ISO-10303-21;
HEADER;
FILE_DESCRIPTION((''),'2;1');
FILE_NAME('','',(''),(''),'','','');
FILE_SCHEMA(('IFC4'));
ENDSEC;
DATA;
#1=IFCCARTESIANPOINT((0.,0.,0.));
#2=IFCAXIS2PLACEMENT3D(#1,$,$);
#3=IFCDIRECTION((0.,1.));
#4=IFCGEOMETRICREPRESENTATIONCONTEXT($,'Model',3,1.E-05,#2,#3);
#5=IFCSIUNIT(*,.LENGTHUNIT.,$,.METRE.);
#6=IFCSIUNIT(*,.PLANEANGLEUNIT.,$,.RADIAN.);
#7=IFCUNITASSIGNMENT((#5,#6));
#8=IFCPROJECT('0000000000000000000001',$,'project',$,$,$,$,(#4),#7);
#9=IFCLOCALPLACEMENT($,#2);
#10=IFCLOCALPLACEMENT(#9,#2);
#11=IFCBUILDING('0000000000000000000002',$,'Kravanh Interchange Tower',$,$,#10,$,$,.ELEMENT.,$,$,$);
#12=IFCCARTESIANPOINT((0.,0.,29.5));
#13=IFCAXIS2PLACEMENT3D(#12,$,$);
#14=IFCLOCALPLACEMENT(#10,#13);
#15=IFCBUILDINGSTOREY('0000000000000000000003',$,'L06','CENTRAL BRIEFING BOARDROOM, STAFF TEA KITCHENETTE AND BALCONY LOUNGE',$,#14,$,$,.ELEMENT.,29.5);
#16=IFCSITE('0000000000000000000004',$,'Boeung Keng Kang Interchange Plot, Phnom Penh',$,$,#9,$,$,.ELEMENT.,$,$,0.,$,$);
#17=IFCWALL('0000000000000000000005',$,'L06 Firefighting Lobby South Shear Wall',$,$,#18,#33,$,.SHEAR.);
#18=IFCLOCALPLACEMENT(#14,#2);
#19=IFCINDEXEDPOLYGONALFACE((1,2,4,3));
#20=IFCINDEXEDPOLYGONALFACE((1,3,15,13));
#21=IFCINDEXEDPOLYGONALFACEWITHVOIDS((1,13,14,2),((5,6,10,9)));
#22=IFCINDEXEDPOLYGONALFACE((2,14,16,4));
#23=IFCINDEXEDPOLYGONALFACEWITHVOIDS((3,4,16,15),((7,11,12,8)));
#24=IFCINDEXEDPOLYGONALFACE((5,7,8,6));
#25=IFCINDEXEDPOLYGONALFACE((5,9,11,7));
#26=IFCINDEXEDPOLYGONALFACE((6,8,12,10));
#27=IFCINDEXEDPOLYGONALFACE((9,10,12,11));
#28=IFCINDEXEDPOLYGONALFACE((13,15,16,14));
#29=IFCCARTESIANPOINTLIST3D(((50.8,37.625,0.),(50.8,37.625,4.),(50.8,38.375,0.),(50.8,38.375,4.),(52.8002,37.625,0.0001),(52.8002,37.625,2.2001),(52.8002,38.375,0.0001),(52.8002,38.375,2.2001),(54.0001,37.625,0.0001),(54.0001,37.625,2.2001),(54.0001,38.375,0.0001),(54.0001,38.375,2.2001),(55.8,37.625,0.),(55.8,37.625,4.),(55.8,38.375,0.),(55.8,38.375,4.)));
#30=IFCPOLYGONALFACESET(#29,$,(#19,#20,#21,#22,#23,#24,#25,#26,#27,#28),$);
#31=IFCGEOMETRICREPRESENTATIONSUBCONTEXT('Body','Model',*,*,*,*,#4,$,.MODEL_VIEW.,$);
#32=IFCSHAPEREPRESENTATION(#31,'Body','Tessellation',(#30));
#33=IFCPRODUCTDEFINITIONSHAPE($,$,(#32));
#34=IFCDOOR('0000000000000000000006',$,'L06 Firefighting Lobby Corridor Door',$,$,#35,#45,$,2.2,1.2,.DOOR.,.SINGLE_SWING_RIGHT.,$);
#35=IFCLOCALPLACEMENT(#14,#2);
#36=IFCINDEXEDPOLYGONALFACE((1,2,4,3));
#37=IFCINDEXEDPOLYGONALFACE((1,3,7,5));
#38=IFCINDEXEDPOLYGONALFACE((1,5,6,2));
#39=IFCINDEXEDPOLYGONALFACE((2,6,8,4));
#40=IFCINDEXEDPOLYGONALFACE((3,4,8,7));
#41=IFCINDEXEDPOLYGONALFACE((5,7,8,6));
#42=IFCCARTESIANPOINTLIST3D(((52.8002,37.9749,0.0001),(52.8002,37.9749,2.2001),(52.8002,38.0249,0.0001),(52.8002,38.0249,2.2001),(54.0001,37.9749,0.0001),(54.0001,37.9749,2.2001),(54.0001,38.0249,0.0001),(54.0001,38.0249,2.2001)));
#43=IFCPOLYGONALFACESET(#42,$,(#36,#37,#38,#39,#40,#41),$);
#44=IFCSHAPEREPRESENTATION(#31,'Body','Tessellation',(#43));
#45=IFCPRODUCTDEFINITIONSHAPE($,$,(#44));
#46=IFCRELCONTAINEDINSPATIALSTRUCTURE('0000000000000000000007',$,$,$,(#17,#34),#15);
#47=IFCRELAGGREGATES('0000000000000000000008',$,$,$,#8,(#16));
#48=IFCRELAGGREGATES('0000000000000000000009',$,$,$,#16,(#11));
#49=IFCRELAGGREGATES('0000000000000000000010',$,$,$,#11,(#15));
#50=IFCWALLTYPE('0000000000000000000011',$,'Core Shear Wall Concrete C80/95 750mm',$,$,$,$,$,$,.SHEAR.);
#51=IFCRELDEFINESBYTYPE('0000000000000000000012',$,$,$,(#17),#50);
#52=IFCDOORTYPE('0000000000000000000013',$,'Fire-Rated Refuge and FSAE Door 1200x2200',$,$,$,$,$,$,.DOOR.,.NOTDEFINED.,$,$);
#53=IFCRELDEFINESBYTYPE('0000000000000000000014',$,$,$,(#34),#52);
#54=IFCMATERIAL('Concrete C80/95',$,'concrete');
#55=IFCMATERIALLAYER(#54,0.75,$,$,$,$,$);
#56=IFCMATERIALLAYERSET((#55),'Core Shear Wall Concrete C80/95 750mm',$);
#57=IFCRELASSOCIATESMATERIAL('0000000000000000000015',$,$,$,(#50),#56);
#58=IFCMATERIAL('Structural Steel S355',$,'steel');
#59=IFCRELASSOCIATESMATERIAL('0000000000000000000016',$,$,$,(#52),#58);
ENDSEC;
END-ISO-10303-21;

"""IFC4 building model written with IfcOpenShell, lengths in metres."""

from ifc_helpers import new_model, si_unit, direction, frame, frame_2d, origin, place, context, subcontext, project, spatial, rectangle, extrude, material, layer, layer_set, type_object, element, fill, save


model = new_model("IFC4")

# Units and contexts
model_context = context("Model", 3, precision=1e-05, world=origin(), true_north=direction((0.0, 1.0)))
body_context = subcontext(model_context, "Body", "Model", "MODEL_VIEW")
ifc_project = project(units=[si_unit("LENGTHUNIT", "METRE"), si_unit("PLANEANGLEUNIT", "RADIAN")], contexts=[model_context])

# Site, building, storey
site_placement = place(None, origin())
site = spatial("IfcSite", under=ifc_project, at=site_placement, Name="Boeung Keng Kang Interchange Plot, Phnom Penh", CompositionType="ELEMENT", RefElevation=0.0)
building_placement = place(site_placement, origin())
building = spatial("IfcBuilding", under=site, at=building_placement, Name="Kravanh Interchange Tower", CompositionType="ELEMENT")
storey_placement = place(building_placement, frame((0.0, 0.0, 29.5)))
storey = spatial("IfcBuildingStorey", under=building, at=storey_placement, Name="L06", Description="CENTRAL BRIEFING BOARDROOM, STAFF TEA KITCHENETTE AND BALCONY LOUNGE", CompositionType="ELEMENT", Elevation=29.5)

# Shared definitions
ifc_material_1 = material(Name="Concrete C80/95", Category="concrete")
ifc_layer_1 = layer(ifc_material_1, 0.75)
ifc_layer_set_1 = layer_set([ifc_layer_1], Name="Core Shear Wall Concrete C80/95 750mm")
wall_type_1 = type_object("IfcWallType", Name="Core Shear Wall Concrete C80/95 750mm", PredefinedType="SHEAR", material=ifc_layer_set_1)

# Wall, opening, door
wall_1_placement = place(storey_placement, frame((50.8, 38.0, 0.0), z_axis=(0.0, 0.0, 1.0), x_axis=(1.0, 0.0, 0.0)))
wall_1 = element("IfcWall", 1, at=wall_1_placement, inside=storey, type_object=wall_type_1, Name="L06 Firefighting Lobby South Shear Wall", PredefinedType="SHEAR", context=body_context, shape_type="SweptSolid", body=[
    extrude(rectangle(XDim=5.0, YDim=0.75, at=frame_2d((2.5, 0.0))), origin(), (0.0, 0.0, 1.0), 4.0),
])
opening_1_placement = place(wall_1_placement, frame((2.0, 0.0, 0.0)))
opening_1 = element("IfcOpeningElement", 2, at=opening_1_placement, cuts=wall_1, PredefinedType="OPENING", context=body_context, shape_type="SweptSolid", body=[
    extrude(rectangle(XDim=1.2, YDim=2.2, at=frame_2d((0.6001, 1.1001))), frame((0.0, 0.385, 0.0), z_axis=(0.0, -1.0, 0.0), x_axis=(1.0, 0.0, 0.0)), (0.0, 0.0, 1.0), 0.77),
])
ifc_material_2 = material(Name="Structural Steel S355", Category="steel")
door_type_1 = type_object("IfcDoorType", Name="Fire-Rated Refuge and FSAE Door 1200x2200", OperationType="NOTDEFINED", PredefinedType="DOOR", material=ifc_material_2)
door_1_placement = place(opening_1_placement, origin())
door_1 = element("IfcDoor", 3, at=door_1_placement, inside=storey, type_object=door_type_1, Name="L06 Firefighting Lobby Corridor Door", OperationType="SINGLE_SWING_RIGHT", OverallHeight=2.2, OverallWidth=1.2, PredefinedType="DOOR", context=body_context, shape_type="SweptSolid", body=[
    extrude(rectangle(XDim=1.2, YDim=2.2, at=frame_2d((0.6001, 1.1001))), frame((0.0, 0.0249, 0.0), z_axis=(0.0, -1.0, 0.0), x_axis=(1.0, 0.0, 0.0)), (0.0, 0.0, 1.0), 0.05),
])
fill(opening_1, door_1)

save(model, "model.ifc")
